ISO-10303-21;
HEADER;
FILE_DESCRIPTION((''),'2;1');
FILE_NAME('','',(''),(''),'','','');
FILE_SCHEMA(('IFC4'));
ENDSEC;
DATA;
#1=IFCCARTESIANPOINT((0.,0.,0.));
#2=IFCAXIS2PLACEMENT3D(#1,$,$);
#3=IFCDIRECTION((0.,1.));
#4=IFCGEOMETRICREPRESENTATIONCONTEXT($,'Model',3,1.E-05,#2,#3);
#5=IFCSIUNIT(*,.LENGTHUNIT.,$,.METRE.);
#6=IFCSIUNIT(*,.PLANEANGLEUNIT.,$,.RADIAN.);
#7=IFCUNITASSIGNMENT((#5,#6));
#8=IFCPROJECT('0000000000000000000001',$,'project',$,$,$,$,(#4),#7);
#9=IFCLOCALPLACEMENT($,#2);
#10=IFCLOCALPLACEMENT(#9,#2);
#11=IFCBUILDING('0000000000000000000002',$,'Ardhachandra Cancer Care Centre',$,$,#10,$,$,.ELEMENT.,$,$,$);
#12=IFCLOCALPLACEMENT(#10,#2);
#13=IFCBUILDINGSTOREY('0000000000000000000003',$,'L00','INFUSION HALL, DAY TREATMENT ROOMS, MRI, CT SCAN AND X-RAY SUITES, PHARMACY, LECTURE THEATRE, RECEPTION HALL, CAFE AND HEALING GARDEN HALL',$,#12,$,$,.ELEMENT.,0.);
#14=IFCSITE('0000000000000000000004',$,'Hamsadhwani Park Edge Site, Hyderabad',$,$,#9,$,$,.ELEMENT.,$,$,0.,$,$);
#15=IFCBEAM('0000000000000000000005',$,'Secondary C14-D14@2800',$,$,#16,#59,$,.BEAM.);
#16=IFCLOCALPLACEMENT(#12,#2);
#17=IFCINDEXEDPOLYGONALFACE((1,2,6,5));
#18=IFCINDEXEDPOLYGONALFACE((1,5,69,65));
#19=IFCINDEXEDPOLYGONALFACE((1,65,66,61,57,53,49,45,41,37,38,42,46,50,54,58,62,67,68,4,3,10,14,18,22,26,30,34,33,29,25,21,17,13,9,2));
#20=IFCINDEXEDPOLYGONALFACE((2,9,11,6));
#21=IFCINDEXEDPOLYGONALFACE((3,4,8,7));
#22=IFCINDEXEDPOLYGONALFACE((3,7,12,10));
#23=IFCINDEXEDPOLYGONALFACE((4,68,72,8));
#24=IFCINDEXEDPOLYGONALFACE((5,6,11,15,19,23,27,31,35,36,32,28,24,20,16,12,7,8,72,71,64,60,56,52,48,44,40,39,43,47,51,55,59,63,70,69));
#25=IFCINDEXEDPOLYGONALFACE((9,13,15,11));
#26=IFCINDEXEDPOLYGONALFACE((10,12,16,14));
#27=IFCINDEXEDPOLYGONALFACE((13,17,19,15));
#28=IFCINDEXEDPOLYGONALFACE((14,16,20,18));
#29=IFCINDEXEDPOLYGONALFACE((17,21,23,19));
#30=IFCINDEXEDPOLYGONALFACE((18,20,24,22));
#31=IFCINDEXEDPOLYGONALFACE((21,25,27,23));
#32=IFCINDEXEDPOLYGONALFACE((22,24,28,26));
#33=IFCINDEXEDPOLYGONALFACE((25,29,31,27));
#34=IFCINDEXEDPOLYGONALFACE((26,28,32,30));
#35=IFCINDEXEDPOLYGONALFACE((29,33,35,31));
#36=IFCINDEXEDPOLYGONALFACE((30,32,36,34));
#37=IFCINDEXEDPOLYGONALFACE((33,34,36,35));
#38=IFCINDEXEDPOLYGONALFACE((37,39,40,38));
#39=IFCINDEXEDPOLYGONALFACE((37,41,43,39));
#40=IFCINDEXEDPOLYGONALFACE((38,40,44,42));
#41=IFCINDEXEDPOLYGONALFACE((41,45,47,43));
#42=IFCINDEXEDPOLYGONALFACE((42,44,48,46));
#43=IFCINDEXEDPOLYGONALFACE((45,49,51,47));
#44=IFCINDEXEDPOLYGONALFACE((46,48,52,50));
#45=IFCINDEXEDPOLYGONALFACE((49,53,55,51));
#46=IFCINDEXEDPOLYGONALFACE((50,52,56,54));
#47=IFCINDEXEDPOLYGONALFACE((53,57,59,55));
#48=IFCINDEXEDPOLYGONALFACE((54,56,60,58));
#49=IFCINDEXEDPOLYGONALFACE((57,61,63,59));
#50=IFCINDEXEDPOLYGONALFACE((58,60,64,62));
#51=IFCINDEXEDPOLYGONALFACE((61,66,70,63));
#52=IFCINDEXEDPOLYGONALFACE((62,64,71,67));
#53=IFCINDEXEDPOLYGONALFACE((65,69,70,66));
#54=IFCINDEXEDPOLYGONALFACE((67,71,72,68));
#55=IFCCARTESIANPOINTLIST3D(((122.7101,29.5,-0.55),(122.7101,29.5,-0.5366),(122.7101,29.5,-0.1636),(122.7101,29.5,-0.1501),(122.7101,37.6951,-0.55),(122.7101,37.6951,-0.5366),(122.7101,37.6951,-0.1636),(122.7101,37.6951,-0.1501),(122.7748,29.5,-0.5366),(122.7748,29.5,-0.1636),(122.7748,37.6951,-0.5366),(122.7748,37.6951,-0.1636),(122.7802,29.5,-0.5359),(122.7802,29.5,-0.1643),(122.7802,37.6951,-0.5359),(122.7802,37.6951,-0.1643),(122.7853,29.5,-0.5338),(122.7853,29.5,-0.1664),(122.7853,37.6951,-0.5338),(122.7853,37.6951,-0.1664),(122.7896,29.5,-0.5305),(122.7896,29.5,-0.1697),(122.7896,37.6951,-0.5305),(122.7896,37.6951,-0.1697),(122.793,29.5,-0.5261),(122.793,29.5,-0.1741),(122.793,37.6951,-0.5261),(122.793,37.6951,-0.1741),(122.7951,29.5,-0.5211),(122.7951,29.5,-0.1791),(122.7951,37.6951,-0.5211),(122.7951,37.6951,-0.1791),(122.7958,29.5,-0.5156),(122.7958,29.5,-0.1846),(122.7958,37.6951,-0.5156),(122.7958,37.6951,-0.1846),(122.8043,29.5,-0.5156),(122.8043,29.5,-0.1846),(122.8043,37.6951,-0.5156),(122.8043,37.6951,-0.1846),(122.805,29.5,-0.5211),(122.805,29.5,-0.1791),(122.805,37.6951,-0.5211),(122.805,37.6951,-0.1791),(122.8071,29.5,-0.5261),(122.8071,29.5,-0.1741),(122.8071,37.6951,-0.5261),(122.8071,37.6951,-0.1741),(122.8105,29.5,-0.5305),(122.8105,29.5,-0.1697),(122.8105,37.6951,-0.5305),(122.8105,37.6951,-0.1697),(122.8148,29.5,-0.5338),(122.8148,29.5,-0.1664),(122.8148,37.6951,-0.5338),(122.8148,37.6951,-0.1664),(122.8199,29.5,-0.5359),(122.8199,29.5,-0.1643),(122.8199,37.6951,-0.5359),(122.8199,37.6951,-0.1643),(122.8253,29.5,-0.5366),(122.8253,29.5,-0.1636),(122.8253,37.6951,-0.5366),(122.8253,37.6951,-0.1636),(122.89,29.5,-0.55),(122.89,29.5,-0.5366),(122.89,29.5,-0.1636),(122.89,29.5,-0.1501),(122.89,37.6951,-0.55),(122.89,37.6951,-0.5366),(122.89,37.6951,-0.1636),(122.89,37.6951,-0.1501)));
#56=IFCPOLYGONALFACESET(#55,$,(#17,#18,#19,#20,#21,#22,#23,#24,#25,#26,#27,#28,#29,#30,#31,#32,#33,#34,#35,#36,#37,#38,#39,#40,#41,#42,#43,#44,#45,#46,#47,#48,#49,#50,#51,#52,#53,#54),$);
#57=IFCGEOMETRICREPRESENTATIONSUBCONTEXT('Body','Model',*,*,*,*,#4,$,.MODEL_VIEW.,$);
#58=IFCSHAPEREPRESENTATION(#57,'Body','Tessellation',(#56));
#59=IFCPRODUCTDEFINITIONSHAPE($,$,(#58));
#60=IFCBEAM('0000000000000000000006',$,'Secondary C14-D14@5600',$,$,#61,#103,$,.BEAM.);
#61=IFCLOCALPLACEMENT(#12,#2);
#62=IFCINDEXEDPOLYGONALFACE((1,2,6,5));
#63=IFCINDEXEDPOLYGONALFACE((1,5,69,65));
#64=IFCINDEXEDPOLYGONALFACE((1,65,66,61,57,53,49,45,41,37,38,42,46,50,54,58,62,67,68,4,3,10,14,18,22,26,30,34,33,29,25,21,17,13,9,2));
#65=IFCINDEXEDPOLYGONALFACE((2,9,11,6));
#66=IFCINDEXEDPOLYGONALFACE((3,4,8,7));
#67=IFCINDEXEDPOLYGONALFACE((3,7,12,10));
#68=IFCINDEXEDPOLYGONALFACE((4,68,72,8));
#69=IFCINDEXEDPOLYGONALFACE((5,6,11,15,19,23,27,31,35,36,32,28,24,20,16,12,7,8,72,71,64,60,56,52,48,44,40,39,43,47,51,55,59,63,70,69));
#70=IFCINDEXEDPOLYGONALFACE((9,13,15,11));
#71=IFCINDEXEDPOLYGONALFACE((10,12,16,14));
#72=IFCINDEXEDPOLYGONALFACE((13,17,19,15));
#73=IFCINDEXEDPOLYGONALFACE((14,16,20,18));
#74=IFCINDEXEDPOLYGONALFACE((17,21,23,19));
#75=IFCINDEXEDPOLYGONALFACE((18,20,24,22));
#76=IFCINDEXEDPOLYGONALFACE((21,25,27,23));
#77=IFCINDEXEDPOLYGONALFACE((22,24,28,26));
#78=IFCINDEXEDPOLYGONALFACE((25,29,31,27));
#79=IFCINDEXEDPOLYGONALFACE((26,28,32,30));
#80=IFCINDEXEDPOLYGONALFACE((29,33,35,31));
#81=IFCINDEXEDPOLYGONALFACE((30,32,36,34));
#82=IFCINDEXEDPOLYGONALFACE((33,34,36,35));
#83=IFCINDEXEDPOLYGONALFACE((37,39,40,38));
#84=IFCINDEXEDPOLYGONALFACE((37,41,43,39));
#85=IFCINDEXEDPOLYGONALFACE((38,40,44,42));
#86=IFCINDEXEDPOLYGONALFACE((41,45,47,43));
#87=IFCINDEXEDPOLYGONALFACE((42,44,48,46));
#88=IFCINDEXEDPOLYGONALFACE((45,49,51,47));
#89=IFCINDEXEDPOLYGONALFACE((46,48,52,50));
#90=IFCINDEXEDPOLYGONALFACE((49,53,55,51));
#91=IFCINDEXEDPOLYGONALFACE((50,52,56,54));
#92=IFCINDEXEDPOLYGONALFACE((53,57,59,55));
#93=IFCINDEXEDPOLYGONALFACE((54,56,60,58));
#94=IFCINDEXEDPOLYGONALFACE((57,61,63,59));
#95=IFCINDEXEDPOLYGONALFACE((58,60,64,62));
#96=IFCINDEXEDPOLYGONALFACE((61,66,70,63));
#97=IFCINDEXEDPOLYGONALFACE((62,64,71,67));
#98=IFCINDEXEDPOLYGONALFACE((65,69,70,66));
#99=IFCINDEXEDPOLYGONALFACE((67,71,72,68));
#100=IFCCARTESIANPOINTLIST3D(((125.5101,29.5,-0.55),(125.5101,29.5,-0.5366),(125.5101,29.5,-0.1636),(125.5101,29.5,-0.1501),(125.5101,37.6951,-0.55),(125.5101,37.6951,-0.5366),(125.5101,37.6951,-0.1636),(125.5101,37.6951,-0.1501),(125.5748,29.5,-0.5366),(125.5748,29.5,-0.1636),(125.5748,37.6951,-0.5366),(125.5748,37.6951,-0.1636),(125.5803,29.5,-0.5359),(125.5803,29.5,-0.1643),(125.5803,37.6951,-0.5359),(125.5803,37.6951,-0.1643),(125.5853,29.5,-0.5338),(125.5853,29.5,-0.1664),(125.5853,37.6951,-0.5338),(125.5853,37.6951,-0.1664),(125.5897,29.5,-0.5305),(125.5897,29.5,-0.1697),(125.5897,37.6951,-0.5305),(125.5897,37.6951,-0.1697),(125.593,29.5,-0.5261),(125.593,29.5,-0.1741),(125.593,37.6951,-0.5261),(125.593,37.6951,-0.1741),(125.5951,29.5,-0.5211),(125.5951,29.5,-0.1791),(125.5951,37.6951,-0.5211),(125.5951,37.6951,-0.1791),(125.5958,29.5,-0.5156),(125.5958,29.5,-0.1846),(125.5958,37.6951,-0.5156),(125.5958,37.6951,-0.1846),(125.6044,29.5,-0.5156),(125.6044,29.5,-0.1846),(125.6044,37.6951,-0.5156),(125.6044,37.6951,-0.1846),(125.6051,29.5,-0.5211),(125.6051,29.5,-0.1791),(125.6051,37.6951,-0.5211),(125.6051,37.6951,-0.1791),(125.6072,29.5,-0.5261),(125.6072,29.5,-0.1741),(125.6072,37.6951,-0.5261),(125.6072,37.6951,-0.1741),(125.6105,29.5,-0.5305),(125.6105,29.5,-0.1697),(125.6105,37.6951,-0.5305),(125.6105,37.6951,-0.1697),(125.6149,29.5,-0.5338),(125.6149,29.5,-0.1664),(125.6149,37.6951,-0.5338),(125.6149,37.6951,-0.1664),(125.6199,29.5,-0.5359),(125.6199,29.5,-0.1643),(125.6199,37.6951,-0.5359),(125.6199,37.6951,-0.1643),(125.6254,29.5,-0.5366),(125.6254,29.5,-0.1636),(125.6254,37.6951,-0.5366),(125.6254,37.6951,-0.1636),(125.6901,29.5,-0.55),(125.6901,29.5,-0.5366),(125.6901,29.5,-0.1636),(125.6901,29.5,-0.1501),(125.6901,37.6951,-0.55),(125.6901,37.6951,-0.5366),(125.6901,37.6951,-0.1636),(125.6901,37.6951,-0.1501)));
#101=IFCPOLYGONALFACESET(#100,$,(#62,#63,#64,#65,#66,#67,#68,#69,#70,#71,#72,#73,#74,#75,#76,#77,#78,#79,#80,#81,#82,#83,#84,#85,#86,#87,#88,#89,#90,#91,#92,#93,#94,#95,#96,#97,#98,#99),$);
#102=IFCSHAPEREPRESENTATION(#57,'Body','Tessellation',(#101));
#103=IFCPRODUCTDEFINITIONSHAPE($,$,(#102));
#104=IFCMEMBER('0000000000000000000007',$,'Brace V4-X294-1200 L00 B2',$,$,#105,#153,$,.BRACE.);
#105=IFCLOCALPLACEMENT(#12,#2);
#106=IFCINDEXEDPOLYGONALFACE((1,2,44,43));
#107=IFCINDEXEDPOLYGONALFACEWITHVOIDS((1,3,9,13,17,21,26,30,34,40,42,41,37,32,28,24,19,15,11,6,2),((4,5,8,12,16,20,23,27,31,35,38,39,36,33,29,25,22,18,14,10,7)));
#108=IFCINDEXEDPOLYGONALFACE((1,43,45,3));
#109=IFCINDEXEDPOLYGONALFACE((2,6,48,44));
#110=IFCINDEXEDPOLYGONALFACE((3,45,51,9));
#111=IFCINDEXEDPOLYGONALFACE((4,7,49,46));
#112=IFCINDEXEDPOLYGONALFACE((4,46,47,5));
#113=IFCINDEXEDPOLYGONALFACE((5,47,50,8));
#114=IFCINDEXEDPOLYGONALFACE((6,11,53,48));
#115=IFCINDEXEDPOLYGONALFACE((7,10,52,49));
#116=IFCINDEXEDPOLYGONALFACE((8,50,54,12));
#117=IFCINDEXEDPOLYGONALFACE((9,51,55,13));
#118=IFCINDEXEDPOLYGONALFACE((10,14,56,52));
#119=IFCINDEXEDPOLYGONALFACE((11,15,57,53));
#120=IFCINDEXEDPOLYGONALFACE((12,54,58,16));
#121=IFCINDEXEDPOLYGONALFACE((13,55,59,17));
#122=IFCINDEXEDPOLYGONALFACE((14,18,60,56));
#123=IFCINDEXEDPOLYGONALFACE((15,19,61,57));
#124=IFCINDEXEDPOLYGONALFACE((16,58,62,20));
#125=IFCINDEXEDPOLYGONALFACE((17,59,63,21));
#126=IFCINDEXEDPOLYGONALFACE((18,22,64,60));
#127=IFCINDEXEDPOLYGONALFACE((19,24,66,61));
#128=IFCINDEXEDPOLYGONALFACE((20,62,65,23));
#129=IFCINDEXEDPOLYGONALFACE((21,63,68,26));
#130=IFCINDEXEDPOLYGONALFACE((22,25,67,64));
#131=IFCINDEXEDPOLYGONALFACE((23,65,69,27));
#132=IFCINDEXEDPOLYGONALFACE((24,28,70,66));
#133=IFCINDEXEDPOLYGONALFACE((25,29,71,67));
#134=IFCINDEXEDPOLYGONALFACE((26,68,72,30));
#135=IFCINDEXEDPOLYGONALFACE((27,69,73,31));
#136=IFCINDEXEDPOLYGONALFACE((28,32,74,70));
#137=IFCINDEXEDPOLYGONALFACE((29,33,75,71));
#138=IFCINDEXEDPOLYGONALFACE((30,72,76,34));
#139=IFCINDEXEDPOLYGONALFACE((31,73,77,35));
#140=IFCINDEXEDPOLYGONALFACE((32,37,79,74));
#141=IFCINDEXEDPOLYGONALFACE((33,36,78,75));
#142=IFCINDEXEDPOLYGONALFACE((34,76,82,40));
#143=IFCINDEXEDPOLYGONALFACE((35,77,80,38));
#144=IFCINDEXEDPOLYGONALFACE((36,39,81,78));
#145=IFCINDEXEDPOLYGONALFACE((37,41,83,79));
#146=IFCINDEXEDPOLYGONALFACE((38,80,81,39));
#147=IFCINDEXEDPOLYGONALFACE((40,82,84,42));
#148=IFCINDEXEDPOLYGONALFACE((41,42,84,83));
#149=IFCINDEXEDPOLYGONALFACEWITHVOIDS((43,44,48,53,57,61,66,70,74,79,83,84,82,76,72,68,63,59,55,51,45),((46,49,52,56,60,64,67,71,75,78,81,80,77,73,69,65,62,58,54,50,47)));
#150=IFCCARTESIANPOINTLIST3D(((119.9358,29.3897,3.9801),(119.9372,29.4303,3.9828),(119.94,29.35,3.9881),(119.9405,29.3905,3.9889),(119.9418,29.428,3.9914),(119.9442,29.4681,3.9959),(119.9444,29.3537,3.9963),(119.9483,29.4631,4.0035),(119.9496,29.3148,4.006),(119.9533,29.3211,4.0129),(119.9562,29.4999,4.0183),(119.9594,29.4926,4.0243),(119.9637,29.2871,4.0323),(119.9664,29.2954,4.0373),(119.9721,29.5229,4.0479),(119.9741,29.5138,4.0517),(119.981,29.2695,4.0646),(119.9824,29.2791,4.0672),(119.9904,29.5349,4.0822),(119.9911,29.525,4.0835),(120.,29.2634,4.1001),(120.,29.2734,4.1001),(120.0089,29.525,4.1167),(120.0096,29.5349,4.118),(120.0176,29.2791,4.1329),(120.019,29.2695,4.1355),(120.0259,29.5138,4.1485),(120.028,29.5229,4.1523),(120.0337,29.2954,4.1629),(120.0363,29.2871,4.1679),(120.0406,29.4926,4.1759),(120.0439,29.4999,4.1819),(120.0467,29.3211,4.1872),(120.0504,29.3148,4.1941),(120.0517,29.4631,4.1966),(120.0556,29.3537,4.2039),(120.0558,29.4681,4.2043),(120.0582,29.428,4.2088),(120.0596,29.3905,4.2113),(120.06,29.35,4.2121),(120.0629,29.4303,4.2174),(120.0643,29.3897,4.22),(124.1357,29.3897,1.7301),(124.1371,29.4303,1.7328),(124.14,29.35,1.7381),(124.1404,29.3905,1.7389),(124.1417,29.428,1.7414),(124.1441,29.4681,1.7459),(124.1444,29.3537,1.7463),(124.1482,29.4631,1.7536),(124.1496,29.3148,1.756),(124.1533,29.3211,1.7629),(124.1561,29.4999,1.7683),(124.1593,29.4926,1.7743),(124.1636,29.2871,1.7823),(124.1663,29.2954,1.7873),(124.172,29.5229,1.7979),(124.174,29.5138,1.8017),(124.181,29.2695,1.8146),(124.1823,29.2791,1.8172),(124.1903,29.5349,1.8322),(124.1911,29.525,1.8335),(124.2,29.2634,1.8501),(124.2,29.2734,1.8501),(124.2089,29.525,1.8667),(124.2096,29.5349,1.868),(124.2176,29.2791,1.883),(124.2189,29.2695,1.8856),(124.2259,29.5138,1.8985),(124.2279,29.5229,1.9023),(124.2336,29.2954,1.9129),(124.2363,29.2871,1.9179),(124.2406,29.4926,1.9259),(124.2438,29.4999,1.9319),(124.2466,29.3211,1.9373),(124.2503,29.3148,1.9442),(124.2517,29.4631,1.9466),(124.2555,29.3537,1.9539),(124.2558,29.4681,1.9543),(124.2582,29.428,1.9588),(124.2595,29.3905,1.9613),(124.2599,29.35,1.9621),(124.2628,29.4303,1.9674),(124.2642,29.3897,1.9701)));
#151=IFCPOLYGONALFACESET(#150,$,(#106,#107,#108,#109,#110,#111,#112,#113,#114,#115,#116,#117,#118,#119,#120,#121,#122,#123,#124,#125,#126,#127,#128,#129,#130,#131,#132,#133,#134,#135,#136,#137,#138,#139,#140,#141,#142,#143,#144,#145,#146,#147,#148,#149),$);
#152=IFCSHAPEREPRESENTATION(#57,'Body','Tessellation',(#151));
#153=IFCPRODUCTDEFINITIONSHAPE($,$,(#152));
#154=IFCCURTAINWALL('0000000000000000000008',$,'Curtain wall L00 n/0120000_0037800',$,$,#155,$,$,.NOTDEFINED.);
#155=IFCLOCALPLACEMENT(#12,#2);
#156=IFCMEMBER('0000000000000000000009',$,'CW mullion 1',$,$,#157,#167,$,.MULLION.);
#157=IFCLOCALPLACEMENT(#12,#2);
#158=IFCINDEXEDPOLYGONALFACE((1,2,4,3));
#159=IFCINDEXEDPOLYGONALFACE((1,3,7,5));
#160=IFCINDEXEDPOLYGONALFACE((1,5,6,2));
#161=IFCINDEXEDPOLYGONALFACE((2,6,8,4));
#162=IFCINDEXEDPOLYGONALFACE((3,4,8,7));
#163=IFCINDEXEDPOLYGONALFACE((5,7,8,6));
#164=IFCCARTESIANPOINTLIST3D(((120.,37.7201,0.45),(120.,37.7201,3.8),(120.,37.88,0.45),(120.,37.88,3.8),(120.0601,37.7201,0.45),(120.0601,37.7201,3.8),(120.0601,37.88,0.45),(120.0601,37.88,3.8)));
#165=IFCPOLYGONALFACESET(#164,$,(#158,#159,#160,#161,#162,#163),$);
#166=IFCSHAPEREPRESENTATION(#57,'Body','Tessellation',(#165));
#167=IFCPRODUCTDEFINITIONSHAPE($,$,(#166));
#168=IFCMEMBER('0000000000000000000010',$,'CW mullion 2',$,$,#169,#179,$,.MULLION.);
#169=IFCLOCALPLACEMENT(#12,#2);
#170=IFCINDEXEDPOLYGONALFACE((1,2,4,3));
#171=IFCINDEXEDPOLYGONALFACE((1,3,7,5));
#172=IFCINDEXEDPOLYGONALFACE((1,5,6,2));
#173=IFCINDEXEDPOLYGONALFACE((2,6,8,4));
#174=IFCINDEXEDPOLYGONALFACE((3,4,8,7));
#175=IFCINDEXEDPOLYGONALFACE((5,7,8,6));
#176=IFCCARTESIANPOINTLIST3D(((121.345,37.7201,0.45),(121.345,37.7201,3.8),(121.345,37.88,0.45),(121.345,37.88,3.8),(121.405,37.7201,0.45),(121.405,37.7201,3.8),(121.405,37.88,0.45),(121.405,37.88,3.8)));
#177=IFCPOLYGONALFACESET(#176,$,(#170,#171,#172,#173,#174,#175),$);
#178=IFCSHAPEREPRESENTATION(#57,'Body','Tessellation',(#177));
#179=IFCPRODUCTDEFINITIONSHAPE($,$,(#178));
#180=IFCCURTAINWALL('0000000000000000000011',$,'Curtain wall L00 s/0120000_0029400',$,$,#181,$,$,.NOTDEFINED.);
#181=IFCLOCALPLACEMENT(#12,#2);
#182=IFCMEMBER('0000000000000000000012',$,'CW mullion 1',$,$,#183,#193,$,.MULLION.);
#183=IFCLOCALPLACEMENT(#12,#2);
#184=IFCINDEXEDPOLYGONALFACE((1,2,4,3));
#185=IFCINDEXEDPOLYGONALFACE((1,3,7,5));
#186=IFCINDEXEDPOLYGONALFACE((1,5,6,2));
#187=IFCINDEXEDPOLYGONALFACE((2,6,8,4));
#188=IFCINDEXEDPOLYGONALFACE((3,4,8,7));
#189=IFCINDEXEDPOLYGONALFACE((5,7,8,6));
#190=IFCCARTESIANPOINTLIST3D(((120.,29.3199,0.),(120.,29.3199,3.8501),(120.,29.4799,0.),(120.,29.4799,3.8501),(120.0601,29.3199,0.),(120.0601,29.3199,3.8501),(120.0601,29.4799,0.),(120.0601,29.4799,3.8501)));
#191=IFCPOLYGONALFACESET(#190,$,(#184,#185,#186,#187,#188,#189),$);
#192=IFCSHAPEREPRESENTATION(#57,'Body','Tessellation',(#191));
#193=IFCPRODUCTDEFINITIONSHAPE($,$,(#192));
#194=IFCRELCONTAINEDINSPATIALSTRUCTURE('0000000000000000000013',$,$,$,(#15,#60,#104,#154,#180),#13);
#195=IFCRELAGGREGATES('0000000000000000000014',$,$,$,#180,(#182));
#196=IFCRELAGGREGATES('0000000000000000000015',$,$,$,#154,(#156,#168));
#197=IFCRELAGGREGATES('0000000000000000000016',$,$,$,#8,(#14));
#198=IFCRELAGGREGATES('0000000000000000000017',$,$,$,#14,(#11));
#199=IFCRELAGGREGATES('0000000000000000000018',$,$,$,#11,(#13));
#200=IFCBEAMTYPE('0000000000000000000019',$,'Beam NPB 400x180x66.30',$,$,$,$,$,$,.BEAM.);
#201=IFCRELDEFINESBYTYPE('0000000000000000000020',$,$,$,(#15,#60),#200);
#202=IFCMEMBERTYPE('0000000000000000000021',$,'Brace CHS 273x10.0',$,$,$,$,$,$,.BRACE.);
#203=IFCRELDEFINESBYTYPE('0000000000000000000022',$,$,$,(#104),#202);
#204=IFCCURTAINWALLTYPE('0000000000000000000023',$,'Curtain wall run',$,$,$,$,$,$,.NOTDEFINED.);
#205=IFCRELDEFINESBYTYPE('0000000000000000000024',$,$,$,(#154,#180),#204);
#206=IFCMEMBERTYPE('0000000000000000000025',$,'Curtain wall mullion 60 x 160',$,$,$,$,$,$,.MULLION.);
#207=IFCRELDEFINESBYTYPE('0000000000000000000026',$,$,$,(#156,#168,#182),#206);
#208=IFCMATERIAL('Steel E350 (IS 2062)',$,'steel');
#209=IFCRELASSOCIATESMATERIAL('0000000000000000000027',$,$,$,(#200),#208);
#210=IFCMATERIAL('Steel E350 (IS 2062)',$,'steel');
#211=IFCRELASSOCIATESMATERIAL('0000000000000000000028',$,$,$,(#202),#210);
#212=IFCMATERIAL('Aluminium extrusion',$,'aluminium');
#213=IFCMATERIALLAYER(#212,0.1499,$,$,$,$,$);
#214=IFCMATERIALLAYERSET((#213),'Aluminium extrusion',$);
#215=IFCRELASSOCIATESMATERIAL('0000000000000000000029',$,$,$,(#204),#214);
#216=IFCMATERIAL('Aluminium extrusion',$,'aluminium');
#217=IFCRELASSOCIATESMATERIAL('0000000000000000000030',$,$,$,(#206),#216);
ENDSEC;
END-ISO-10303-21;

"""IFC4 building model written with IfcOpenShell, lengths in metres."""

from ifc_helpers import new_model, si_unit, direction, frame, origin, origin_2d, place, context, subcontext, project, spatial, rectangle, hollow_circle, i_section, extrude, material, layer, layer_set, material_profile, profile_set, type_object, element, aggregate, save


model = new_model("IFC4")

# Units and contexts
model_context = context("Model", 3, precision=1e-05, world=origin(), true_north=direction((0.0, 1.0)))
body_context = subcontext(model_context, "Body", "Model", "MODEL_VIEW")
ifc_project = project(units=[si_unit("LENGTHUNIT", "METRE"), si_unit("PLANEANGLEUNIT", "RADIAN")], contexts=[model_context])

# Site, building, storey
site_placement = place(None, origin())
site = spatial("IfcSite", under=ifc_project, at=site_placement, Name="Hamsadhwani Park Edge Site, Hyderabad", CompositionType="ELEMENT", RefElevation=0.0)
building_placement = place(site_placement, origin())
building = spatial("IfcBuilding", under=site, at=building_placement, Name="Ardhachandra Cancer Care Centre", CompositionType="ELEMENT")
storey_placement = place(building_placement, origin())
storey = spatial("IfcBuildingStorey", under=building, at=storey_placement, Name="L00", Description="INFUSION HALL, DAY TREATMENT ROOMS, MRI, CT SCAN AND X-RAY SUITES, PHARMACY, LECTURE THEATRE, RECEPTION HALL, CAFE AND HEALING GARDEN HALL", CompositionType="ELEMENT", Elevation=0.0)

# Beams
ifc_material_1 = material(Name="Steel E350 (IS 2062)", Category="steel")
ifc_material_profile_1 = material_profile(ifc_material_1, i_section(OverallWidth=0.1799, OverallDepth=0.3999, WebThickness=0.0085, FlangeThickness=0.0134, FilletRadius=0.021, at=origin_2d()), Name="NPB 400x180x66.30")
ifc_profile_set_1 = profile_set([ifc_material_profile_1], Name="Steel E350 (IS 2062)")
beam_type = type_object("IfcBeamType", Name="Beam NPB 400x180x66.30", PredefinedType="BEAM", material=ifc_profile_set_1)
for number, where, z_axis, x_axis, name in (
    (1, (122.8, 29.5, -0.3501), (0.0, 1.0, 0.0), (-1.0, 0.0, 0.0), "Secondary C14-D14@2800"),
    (2, (125.6001, 29.5, -0.3501), (0.0, 1.0, 0.0), (-1.0, 0.0, 0.0), "Secondary C14-D14@5600"),
):
    element("IfcBeam", number, at=place(storey_placement, frame(where, z_axis=z_axis, x_axis=x_axis)), inside=storey, type_object=beam_type, Name=name, PredefinedType="BEAM", context=body_context, shape_type="SweptSolid", body=[
        extrude(i_section(OverallWidth=0.1799, OverallDepth=0.3999, WebThickness=0.0085, FlangeThickness=0.0134, FilletRadius=0.021, at=origin_2d()), origin(), (0.0, 0.0, 1.0), 8.1951),
    ])

# Member
ifc_material_2 = material(Name="Steel E350 (IS 2062)", Category="steel")
ifc_material_profile_2 = material_profile(ifc_material_2, hollow_circle(Radius=0.1365, WallThickness=0.01, at=origin_2d()), Name="CHS 273x10.0")
ifc_profile_set_2 = profile_set([ifc_material_profile_2], Name="Steel E350 (IS 2062)")
member_type_1 = type_object("IfcMemberType", Name="Brace CHS 273x10.0", PredefinedType="BRACE", material=ifc_profile_set_2)
member_1_placement = place(storey_placement, frame((124.2, 29.3999, 1.8501), z_axis=(-0.881478, 0.0, 0.472226), x_axis=(0.0, -1.0, 0.0)))
element("IfcMember", 3, at=member_1_placement, inside=storey, type_object=member_type_1, Name="Brace V4-X294-1200 L00 B2", PredefinedType="BRACE", context=body_context, shape_type="SweptSolid", body=[
    extrude(hollow_circle(Radius=0.1365, WallThickness=0.01, at=origin_2d()), origin(), (0.0, 0.0, 1.0), 4.7646),
])

# Curtain wall, members
ifc_material_3 = material(Name="Aluminium extrusion", Category="aluminium")
ifc_layer_1 = layer(ifc_material_3, 0.1499)
ifc_layer_set_1 = layer_set([ifc_layer_1], Name="Aluminium extrusion")
curtain_wall_type = type_object("IfcCurtainWallType", Name="Curtain wall run", PredefinedType="NOTDEFINED", material=ifc_layer_set_1)
curtain_wall_1_placement = place(storey_placement, origin())
curtain_wall_1 = element("IfcCurtainWall", 4, at=curtain_wall_1_placement, inside=storey, type_object=curtain_wall_type, Name="Curtain wall L00 n/0120000_0037800", PredefinedType="NOTDEFINED")
ifc_material_4 = material(Name="Aluminium extrusion", Category="aluminium")
ifc_material_profile_3 = material_profile(ifc_material_4, rectangle(XDim=0.1599, YDim=0.0601, at=origin_2d()), Name="Curtain wall mullion 60 x 160")
ifc_profile_set_3 = profile_set([ifc_material_profile_3], Name="Aluminium extrusion")
member_type_2 = type_object("IfcMemberType", Name="Curtain wall mullion 60 x 160", PredefinedType="MULLION", material=ifc_profile_set_3)
member_2_placement = place(storey_placement, frame((120.03, 37.8, 0.45), z_axis=(0.0, 0.0, 1.0), x_axis=(0.0, 1.0, 0.0)))
member_2 = element("IfcMember", 5, at=member_2_placement, type_object=member_type_2, Name="CW mullion 1", PredefinedType="MULLION", context=body_context, shape_type="SweptSolid", body=[
    extrude(rectangle(XDim=0.1599, YDim=0.0601, at=origin_2d()), origin(), (0.0, 0.0, 1.0), 3.3501),
])
member_3_placement = place(storey_placement, frame((121.375, 37.8, 0.45), z_axis=(0.0, 0.0, 1.0), x_axis=(0.0, 1.0, 0.0)))
member_3 = element("IfcMember", 6, at=member_3_placement, type_object=member_type_2, Name="CW mullion 2", PredefinedType="MULLION", context=body_context, shape_type="SweptSolid", body=[
    extrude(rectangle(XDim=0.1599, YDim=0.0601, at=origin_2d()), origin(), (0.0, 0.0, 1.0), 3.3501),
])

# Curtain wall, member
curtain_wall_2_placement = place(storey_placement, origin())
curtain_wall_2 = element("IfcCurtainWall", 7, at=curtain_wall_2_placement, inside=storey, type_object=curtain_wall_type, Name="Curtain wall L00 s/0120000_0029400", PredefinedType="NOTDEFINED")
member_4_placement = place(storey_placement, frame((120.03, 29.3999, 0.0), z_axis=(0.0, 0.0, 1.0), x_axis=(0.0, 1.0, 0.0)))
member_4 = element("IfcMember", 8, at=member_4_placement, type_object=member_type_2, Name="CW mullion 1", PredefinedType="MULLION", context=body_context, shape_type="SweptSolid", body=[
    extrude(rectangle(XDim=0.1599, YDim=0.0601, at=origin_2d()), origin(), (0.0, 0.0, 1.0), 3.8501),
])

aggregate(curtain_wall_2, [member_4])
aggregate(curtain_wall_1, [member_2, member_3])

save(model, "model.ifc")
